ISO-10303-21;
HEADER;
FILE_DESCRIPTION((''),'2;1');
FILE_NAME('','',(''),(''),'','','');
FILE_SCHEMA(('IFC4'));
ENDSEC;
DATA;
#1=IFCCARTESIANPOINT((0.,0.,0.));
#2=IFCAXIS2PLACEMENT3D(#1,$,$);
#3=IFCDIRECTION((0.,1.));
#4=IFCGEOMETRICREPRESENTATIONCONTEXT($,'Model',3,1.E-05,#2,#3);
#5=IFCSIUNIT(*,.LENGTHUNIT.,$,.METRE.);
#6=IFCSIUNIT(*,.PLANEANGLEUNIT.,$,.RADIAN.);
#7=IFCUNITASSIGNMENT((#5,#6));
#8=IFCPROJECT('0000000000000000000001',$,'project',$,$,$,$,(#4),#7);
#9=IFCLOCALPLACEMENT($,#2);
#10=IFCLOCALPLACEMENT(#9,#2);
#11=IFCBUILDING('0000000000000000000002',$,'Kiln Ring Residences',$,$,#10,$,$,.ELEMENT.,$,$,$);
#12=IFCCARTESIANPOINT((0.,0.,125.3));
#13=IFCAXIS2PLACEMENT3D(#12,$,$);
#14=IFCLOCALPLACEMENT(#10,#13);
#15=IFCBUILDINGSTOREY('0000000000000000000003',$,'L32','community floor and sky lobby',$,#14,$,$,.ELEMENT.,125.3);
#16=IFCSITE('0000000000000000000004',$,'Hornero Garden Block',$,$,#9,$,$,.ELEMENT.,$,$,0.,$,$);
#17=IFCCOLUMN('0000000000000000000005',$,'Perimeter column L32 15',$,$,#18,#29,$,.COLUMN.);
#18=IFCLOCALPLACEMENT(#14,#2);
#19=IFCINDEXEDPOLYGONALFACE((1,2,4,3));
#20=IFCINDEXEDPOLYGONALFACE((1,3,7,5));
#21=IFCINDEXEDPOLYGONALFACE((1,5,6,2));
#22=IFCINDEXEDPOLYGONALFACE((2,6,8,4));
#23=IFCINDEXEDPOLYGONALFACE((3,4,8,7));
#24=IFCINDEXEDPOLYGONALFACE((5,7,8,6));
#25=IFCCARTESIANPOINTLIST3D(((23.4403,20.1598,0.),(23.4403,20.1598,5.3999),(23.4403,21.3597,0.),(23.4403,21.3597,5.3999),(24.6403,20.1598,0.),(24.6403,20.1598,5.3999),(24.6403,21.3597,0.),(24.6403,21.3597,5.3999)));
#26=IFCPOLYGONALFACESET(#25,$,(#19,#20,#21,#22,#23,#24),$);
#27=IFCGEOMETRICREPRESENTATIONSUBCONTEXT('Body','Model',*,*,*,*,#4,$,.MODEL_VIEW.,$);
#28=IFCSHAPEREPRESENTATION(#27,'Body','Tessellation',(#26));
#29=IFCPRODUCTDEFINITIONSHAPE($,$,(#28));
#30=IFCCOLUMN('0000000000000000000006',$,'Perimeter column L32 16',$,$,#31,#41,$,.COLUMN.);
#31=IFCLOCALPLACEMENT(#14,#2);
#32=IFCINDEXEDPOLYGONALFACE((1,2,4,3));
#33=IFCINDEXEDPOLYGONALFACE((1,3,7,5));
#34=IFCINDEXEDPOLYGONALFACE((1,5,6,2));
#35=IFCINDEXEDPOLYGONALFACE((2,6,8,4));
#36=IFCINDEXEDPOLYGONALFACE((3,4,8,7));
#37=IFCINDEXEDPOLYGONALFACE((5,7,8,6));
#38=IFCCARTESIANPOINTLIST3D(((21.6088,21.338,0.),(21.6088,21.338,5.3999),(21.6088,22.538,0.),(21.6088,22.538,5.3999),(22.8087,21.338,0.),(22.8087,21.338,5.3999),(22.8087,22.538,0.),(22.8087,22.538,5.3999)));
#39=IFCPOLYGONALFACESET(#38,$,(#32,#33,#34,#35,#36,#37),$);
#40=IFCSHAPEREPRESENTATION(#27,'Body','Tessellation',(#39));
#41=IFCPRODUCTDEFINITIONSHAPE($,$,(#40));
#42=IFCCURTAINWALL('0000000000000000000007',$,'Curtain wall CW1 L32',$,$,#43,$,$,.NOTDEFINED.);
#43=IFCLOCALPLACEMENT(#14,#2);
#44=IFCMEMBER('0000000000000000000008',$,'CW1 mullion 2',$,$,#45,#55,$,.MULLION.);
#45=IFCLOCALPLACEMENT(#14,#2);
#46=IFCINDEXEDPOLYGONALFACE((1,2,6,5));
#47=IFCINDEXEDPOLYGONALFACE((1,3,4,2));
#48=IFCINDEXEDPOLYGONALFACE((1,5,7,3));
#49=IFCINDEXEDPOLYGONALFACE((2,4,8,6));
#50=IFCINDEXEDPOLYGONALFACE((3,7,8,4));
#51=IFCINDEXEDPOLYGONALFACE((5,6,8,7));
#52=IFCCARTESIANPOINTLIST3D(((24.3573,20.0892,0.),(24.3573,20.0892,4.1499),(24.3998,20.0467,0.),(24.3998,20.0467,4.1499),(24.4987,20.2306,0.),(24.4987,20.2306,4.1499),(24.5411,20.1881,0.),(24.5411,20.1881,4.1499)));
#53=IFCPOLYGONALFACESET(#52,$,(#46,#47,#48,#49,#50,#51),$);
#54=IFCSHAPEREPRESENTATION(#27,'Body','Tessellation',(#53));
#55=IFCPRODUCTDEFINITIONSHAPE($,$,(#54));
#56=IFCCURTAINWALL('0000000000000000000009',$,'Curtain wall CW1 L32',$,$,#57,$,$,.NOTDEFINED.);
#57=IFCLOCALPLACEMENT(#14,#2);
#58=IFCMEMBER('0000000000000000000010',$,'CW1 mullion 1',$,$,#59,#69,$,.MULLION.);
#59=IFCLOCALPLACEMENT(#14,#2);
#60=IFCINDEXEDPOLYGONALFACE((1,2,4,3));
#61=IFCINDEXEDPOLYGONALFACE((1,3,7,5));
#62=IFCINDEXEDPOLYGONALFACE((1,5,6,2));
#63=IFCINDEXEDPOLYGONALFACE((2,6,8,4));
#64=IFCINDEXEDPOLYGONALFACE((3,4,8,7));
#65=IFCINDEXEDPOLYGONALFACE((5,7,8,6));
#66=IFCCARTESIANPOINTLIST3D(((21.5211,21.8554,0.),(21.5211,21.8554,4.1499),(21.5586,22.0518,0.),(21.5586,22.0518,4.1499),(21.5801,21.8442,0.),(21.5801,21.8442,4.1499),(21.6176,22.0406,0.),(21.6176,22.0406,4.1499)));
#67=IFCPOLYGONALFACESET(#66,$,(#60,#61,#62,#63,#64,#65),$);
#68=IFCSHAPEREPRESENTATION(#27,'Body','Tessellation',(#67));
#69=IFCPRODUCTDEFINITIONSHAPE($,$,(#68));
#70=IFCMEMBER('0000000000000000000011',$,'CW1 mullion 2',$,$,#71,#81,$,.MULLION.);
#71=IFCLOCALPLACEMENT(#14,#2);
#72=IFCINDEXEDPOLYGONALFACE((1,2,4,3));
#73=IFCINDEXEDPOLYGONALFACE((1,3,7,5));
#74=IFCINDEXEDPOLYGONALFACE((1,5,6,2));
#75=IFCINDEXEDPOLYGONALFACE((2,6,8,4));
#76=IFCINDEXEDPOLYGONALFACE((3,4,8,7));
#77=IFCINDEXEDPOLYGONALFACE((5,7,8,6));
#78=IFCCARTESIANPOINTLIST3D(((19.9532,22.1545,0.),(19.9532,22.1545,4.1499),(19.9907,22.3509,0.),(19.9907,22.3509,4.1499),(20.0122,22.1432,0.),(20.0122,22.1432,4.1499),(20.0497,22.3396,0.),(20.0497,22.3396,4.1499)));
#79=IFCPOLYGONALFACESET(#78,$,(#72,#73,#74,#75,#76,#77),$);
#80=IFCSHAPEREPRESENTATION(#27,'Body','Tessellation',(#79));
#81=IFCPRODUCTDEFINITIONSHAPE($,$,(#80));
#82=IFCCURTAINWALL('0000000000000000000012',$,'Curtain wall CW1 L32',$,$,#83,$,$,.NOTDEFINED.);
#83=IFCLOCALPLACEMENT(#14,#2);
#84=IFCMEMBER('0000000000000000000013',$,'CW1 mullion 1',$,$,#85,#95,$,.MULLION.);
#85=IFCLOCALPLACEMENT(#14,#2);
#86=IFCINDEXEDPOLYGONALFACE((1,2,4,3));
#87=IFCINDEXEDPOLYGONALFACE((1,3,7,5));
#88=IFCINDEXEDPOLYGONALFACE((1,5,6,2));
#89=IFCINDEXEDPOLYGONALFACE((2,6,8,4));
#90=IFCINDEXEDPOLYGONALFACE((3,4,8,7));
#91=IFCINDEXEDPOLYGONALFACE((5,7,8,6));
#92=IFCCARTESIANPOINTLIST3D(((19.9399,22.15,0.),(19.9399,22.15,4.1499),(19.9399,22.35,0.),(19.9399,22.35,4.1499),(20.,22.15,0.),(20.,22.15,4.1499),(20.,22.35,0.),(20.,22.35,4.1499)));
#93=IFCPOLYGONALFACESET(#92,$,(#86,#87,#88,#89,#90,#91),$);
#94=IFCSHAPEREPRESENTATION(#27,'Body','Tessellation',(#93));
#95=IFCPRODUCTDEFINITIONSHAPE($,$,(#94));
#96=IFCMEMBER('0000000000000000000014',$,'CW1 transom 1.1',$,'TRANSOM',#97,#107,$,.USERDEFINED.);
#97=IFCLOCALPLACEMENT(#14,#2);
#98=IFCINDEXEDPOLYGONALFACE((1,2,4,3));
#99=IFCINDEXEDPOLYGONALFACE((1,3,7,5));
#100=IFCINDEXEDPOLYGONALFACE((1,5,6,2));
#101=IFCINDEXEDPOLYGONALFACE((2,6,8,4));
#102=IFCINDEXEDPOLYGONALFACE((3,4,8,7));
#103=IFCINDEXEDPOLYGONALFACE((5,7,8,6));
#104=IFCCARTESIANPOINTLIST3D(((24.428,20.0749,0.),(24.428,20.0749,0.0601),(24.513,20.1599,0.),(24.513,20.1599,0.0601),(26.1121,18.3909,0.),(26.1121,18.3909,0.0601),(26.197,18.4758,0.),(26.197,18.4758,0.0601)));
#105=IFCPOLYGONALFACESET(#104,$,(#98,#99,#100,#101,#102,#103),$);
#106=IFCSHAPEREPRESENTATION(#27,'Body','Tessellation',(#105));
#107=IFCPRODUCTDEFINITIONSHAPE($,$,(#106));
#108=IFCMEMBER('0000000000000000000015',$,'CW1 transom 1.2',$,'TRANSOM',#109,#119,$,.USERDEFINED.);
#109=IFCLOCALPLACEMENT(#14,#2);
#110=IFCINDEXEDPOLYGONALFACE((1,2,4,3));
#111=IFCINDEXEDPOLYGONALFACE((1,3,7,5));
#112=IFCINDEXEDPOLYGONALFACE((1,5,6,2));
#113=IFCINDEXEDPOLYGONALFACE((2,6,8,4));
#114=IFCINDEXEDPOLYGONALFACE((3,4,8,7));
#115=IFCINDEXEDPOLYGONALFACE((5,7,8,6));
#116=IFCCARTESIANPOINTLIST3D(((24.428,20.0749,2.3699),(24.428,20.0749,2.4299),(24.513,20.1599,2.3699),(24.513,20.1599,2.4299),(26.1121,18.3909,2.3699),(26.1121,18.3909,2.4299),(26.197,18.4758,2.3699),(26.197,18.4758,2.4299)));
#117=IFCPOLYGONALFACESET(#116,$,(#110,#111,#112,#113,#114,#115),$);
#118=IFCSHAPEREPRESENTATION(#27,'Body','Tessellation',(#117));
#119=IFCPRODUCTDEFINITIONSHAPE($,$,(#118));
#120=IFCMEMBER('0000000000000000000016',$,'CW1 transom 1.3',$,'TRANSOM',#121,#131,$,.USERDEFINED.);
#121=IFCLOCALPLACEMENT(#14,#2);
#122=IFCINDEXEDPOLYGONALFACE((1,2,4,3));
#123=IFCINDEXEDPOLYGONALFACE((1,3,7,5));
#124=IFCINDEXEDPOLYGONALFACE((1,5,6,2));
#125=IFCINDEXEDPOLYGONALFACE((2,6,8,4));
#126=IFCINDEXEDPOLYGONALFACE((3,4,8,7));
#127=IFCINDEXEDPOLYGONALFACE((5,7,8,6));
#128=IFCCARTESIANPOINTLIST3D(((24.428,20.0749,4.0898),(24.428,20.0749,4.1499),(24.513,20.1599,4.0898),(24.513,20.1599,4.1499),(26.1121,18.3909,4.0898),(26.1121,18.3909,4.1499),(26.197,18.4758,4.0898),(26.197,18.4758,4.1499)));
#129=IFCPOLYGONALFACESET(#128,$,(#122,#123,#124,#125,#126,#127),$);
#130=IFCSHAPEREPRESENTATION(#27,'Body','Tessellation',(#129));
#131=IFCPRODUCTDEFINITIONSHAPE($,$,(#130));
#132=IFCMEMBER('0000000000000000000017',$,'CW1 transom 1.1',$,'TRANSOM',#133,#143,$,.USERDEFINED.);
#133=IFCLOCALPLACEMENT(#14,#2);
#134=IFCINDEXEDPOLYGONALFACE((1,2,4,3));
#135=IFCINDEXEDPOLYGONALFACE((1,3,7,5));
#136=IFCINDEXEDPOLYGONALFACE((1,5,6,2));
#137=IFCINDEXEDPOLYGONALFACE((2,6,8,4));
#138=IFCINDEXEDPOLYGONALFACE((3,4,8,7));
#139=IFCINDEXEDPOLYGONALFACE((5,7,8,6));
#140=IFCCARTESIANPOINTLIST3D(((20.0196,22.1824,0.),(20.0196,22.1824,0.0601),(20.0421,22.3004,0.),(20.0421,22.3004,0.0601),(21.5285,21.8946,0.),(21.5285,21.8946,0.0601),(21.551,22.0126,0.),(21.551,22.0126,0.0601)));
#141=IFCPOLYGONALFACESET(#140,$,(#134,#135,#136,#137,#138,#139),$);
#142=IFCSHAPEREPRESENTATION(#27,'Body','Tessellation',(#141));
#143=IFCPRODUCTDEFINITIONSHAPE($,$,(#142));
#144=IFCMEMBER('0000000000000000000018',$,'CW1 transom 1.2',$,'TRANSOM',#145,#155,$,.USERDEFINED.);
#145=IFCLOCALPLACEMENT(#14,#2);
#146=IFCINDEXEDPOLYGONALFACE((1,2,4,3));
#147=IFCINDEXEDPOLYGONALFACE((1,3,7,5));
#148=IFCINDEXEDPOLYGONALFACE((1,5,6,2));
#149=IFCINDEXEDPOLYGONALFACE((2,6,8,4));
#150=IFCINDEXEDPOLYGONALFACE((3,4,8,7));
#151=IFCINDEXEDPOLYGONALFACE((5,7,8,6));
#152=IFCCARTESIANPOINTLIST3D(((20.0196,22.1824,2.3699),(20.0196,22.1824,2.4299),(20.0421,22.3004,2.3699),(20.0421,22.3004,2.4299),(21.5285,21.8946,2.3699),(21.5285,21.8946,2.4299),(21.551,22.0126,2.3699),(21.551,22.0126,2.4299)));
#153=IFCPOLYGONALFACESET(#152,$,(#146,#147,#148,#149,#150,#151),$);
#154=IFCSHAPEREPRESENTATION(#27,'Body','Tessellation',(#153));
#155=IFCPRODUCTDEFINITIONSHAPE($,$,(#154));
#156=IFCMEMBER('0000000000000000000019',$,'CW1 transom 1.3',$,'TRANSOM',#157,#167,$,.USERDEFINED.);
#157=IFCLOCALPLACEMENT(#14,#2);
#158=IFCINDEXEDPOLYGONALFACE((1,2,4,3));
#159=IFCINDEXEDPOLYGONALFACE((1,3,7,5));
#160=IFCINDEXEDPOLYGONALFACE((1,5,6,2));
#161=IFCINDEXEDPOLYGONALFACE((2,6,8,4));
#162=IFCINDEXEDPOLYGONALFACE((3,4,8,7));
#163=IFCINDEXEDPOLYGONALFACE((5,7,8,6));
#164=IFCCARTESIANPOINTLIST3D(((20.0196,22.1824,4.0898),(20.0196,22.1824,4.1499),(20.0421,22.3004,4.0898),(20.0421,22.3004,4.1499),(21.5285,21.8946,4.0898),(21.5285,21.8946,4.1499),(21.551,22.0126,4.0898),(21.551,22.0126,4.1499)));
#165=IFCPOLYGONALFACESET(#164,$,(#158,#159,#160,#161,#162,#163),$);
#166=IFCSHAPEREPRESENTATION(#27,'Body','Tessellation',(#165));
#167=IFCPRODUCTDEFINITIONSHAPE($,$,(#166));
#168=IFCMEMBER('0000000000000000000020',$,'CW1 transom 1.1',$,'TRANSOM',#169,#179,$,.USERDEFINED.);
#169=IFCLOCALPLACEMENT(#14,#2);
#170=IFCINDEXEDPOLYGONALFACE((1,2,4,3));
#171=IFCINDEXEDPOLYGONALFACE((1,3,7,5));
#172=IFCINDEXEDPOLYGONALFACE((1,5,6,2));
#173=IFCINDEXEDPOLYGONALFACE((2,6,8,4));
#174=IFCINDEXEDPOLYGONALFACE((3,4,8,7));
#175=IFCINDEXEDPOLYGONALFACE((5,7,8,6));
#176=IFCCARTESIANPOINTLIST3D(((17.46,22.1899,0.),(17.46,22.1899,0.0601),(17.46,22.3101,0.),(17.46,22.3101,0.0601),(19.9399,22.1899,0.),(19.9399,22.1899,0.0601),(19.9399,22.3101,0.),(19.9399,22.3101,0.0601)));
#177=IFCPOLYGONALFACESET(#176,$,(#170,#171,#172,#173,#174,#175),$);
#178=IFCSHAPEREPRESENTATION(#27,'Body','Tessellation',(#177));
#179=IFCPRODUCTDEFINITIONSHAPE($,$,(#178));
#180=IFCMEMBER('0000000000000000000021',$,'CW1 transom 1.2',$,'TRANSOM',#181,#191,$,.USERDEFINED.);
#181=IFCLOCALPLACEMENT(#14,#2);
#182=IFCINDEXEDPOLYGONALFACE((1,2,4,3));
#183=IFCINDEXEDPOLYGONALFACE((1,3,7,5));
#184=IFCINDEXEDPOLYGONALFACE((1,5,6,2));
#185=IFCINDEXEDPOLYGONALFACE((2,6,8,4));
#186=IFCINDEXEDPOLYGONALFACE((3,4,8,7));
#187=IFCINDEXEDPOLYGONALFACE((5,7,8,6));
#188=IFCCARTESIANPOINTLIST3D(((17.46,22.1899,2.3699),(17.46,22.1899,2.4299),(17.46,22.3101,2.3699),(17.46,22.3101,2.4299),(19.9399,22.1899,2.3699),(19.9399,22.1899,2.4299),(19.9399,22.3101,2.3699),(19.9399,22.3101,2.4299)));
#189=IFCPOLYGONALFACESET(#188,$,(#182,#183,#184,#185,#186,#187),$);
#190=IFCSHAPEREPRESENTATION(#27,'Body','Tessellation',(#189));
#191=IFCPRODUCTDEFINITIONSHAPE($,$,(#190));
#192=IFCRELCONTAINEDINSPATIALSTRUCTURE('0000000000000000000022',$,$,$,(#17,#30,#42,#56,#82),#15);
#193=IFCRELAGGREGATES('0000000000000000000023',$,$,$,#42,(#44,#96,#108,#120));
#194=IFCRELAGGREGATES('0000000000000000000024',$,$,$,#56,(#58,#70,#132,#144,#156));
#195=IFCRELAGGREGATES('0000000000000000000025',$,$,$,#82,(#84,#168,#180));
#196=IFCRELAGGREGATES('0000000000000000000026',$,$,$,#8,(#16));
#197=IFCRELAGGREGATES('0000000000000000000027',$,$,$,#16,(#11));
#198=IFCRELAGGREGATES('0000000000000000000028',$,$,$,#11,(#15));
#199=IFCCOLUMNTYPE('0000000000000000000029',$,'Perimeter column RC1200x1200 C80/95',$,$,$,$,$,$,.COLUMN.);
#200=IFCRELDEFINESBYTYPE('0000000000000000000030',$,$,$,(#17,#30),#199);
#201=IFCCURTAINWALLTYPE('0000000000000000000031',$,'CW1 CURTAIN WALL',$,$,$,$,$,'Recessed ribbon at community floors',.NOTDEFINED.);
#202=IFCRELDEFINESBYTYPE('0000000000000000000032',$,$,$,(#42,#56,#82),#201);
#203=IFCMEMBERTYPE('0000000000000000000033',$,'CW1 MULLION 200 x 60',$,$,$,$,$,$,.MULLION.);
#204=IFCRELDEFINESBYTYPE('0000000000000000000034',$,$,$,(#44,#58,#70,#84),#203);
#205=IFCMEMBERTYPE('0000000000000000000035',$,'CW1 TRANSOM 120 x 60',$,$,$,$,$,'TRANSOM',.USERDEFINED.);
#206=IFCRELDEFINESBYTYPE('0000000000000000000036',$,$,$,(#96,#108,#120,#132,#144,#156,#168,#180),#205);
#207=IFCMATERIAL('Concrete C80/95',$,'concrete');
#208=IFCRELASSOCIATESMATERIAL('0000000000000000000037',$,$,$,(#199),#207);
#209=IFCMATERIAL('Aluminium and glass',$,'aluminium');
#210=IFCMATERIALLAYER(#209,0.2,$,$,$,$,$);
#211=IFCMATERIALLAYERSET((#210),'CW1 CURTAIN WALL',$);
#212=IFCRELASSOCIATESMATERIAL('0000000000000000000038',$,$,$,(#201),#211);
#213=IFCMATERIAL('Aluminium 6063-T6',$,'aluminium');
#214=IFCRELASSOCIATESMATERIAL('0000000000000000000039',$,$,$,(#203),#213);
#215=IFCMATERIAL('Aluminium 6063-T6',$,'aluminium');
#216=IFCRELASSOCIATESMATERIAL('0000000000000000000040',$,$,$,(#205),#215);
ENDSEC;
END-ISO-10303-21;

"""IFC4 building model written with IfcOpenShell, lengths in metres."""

from ifc_helpers import new_model, si_unit, direction, frame, origin, origin_2d, place, context, subcontext, project, spatial, rectangle, extrude, material, layer, layer_set, material_profile, profile_set, type_object, element, aggregate, save


model = new_model("IFC4")

# Units and contexts
model_context = context("Model", 3, precision=1e-05, world=origin(), true_north=direction((0.0, 1.0)))
body_context = subcontext(model_context, "Body", "Model", "MODEL_VIEW")
ifc_project = project(units=[si_unit("LENGTHUNIT", "METRE"), si_unit("PLANEANGLEUNIT", "RADIAN")], contexts=[model_context])

# Site, building, storey
site_placement = place(None, origin())
site = spatial("IfcSite", under=ifc_project, at=site_placement, Name="Hornero Garden Block", CompositionType="ELEMENT", RefElevation=0.0)
building_placement = place(site_placement, origin())
building = spatial("IfcBuilding", under=site, at=building_placement, Name="Kiln Ring Residences", CompositionType="ELEMENT")
storey_placement = place(building_placement, frame((0.0, 0.0, 125.3)))
storey = spatial("IfcBuildingStorey", under=building, at=storey_placement, Name="L32", Description="community floor and sky lobby", CompositionType="ELEMENT", Elevation=125.3)

# Columns
ifc_material_1 = material(Name="Concrete C80/95", Category="concrete")
ifc_material_profile_1 = material_profile(ifc_material_1, rectangle(XDim=1.2, YDim=1.2, at=origin_2d()), Name="RC1200x1200")
ifc_profile_set_1 = profile_set([ifc_material_profile_1], Name="Concrete C80/95")
column_type = type_object("IfcColumnType", Name="Perimeter column RC1200x1200 C80/95", PredefinedType="COLUMN", material=ifc_profile_set_1)
for number, where, z_axis, x_axis, name in (
    (1, (24.0403, 20.7598, 0.0), (0.0, 0.0, 1.0), (1.0, 0.0, 0.0), "Perimeter column L32 15"),
    (2, (22.2087, 21.938, 0.0), (0.0, 0.0, 1.0), (1.0, 0.0, 0.0), "Perimeter column L32 16"),
):
    element("IfcColumn", number, at=place(storey_placement, frame(where, z_axis=z_axis, x_axis=x_axis)), inside=storey, type_object=column_type, Name=name, PredefinedType="COLUMN", context=body_context, shape_type="SweptSolid", body=[
        extrude(rectangle(XDim=1.2, YDim=1.2, at=origin_2d()), origin(), (0.0, 0.0, 1.0), 5.3999),
    ])

# Curtain wall, member
ifc_material_2 = material(Name="Aluminium and glass", Category="aluminium")
ifc_layer_1 = layer(ifc_material_2, 0.2)
ifc_layer_set_1 = layer_set([ifc_layer_1], Name="CW1 CURTAIN WALL")
curtain_wall_type = type_object("IfcCurtainWallType", Name="CW1 CURTAIN WALL", ElementType="Recessed ribbon at community floors", PredefinedType="NOTDEFINED", material=ifc_layer_set_1)
placement = place(storey_placement, origin())
curtain_wall_1 = element("IfcCurtainWall", 3, at=placement, inside=storey, type_object=curtain_wall_type, Name="Curtain wall CW1 L32", PredefinedType="NOTDEFINED")
ifc_material_3 = material(Name="Aluminium 6063-T6", Category="aluminium")
ifc_material_profile_2 = material_profile(ifc_material_3, rectangle(XDim=0.2, YDim=0.0601, at=origin_2d()), Name="AL 200x60")
ifc_profile_set_2 = profile_set([ifc_material_profile_2], Name="Aluminium 6063-T6")
member_type_1 = type_object("IfcMemberType", Name="CW1 MULLION 200 x 60", PredefinedType="MULLION", material=ifc_profile_set_2)
member_1_placement = place(storey_placement, frame((24.4492, 20.1387, 0.0), z_axis=(0.0, 0.0, 1.0), x_axis=(-0.707107, -0.707107, 0.0)))
member_1 = element("IfcMember", 4, at=member_1_placement, type_object=member_type_1, Name="CW1 mullion 2", PredefinedType="MULLION", context=body_context, shape_type="SweptSolid", body=[
    extrude(rectangle(XDim=0.2, YDim=0.0601, at=origin_2d()), origin(), (0.0, 0.0, 1.0), 4.1499),
])

# Curtain wall, members
curtain_wall_2 = element("IfcCurtainWall", 5, at=placement, inside=storey, type_object=curtain_wall_type, Name="Curtain wall CW1 L32", PredefinedType="NOTDEFINED")
member_2_placement = place(storey_placement, frame((21.5693, 21.948, 0.0), z_axis=(0.0, 0.0, 1.0), x_axis=(-0.187366, -0.98229, 0.0)))
member_2 = element("IfcMember", 6, at=member_2_placement, type_object=member_type_1, Name="CW1 mullion 1", PredefinedType="MULLION", context=body_context, shape_type="SweptSolid", body=[
    extrude(rectangle(XDim=0.2, YDim=0.0601, at=origin_2d()), origin(), (0.0, 0.0, 1.0), 4.1499),
])
member_3_placement = place(storey_placement, frame((20.0015, 22.2471, 0.0), z_axis=(0.0, 0.0, 1.0), x_axis=(-0.187366, -0.98229, 0.0)))
member_3 = element("IfcMember", 7, at=member_3_placement, type_object=member_type_1, Name="CW1 mullion 2", PredefinedType="MULLION", context=body_context, shape_type="SweptSolid", body=[
    extrude(rectangle(XDim=0.2, YDim=0.0601, at=origin_2d()), origin(), (0.0, 0.0, 1.0), 4.1499),
])

# Curtain wall, member
curtain_wall_3 = element("IfcCurtainWall", 8, at=placement, inside=storey, type_object=curtain_wall_type, Name="Curtain wall CW1 L32", PredefinedType="NOTDEFINED")
member_4_placement = place(storey_placement, frame((19.97, 22.25, 0.0), z_axis=(0.0, 0.0, 1.0), x_axis=(0.0, -1.0, 0.0)))
member_4 = element("IfcMember", 9, at=member_4_placement, type_object=member_type_1, Name="CW1 mullion 1", PredefinedType="MULLION", context=body_context, shape_type="SweptSolid", body=[
    extrude(rectangle(XDim=0.2, YDim=0.0601, at=origin_2d()), origin(), (0.0, 0.0, 1.0), 4.1499),
])

# Members
ifc_material_4 = material(Name="Aluminium 6063-T6", Category="aluminium")
ifc_material_profile_3 = material_profile(ifc_material_4, rectangle(XDim=0.1201, YDim=0.0601, at=origin_2d()), Name="AL 120x60")
ifc_profile_set_3 = profile_set([ifc_material_profile_3], Name="Aluminium 6063-T6")
member_type_2 = type_object("IfcMemberType", Name="CW1 TRANSOM 120 x 60", ElementType="TRANSOM", PredefinedType="USERDEFINED", material=ifc_profile_set_3)
member_5_placement = place(storey_placement, frame((26.1545, 18.4333, 0.03), z_axis=(-0.707107, 0.707107, 0.0), x_axis=(-0.707107, -0.707107, 0.0)))
member_5 = element("IfcMember", 10, at=member_5_placement, type_object=member_type_2, Name="CW1 transom 1.1", ObjectType="TRANSOM", PredefinedType="USERDEFINED", context=body_context, shape_type="SweptSolid", body=[
    extrude(rectangle(XDim=0.1201, YDim=0.0601, at=origin_2d()), origin(), (0.0, 0.0, 1.0), 2.3816),
])
member_6_placement = place(storey_placement, frame((26.1545, 18.4333, 2.3999), z_axis=(-0.707107, 0.707107, 0.0), x_axis=(-0.707107, -0.707107, 0.0)))
member_6 = element("IfcMember", 11, at=member_6_placement, type_object=member_type_2, Name="CW1 transom 1.2", ObjectType="TRANSOM", PredefinedType="USERDEFINED", context=body_context, shape_type="SweptSolid", body=[
    extrude(rectangle(XDim=0.1201, YDim=0.0601, at=origin_2d()), origin(), (0.0, 0.0, 1.0), 2.3816),
])
member_7_placement = place(storey_placement, frame((26.1545, 18.4333, 4.1199), z_axis=(-0.707107, 0.707107, 0.0), x_axis=(-0.707107, -0.707107, 0.0)))
member_7 = element("IfcMember", 12, at=member_7_placement, type_object=member_type_2, Name="CW1 transom 1.3", ObjectType="TRANSOM", PredefinedType="USERDEFINED", context=body_context, shape_type="SweptSolid", body=[
    extrude(rectangle(XDim=0.1201, YDim=0.0601, at=origin_2d()), origin(), (0.0, 0.0, 1.0), 2.3816),
])
member_8_placement = place(storey_placement, frame((21.5398, 21.9536, 0.03), z_axis=(-0.98229, 0.187368, 0.0), x_axis=(-0.187368, -0.98229, 0.0)))
member_8 = element("IfcMember", 13, at=member_8_placement, type_object=member_type_2, Name="CW1 transom 1.1", ObjectType="TRANSOM", PredefinedType="USERDEFINED", context=body_context, shape_type="SweptSolid", body=[
    extrude(rectangle(XDim=0.1201, YDim=0.0601, at=origin_2d()), origin(), (0.0, 0.0, 1.0), 1.5361),
])
member_9_placement = place(storey_placement, frame((21.5398, 21.9536, 2.3999), z_axis=(-0.98229, 0.187368, 0.0), x_axis=(-0.187368, -0.98229, 0.0)))
member_9 = element("IfcMember", 14, at=member_9_placement, type_object=member_type_2, Name="CW1 transom 1.2", ObjectType="TRANSOM", PredefinedType="USERDEFINED", context=body_context, shape_type="SweptSolid", body=[
    extrude(rectangle(XDim=0.1201, YDim=0.0601, at=origin_2d()), origin(), (0.0, 0.0, 1.0), 1.5361),
])
member_10_placement = place(storey_placement, frame((21.5398, 21.9536, 4.1199), z_axis=(-0.98229, 0.187368, 0.0), x_axis=(-0.187368, -0.98229, 0.0)))
member_10 = element("IfcMember", 15, at=member_10_placement, type_object=member_type_2, Name="CW1 transom 1.3", ObjectType="TRANSOM", PredefinedType="USERDEFINED", context=body_context, shape_type="SweptSolid", body=[
    extrude(rectangle(XDim=0.1201, YDim=0.0601, at=origin_2d()), origin(), (0.0, 0.0, 1.0), 1.5361),
])
member_11_placement = place(storey_placement, frame((19.9399, 22.25, 0.03), z_axis=(-1.0, 0.0, 0.0), x_axis=(0.0, -1.0, 0.0)))
member_11 = element("IfcMember", 16, at=member_11_placement, type_object=member_type_2, Name="CW1 transom 1.1", ObjectType="TRANSOM", PredefinedType="USERDEFINED", context=body_context, shape_type="SweptSolid", body=[
    extrude(rectangle(XDim=0.1201, YDim=0.0601, at=origin_2d()), origin(), (0.0, 0.0, 1.0), 2.48),
])
member_12_placement = place(storey_placement, frame((19.9399, 22.25, 2.3999), z_axis=(-1.0, 0.0, 0.0), x_axis=(0.0, -1.0, 0.0)))
member_12 = element("IfcMember", 17, at=member_12_placement, type_object=member_type_2, Name="CW1 transom 1.2", ObjectType="TRANSOM", PredefinedType="USERDEFINED", context=body_context, shape_type="SweptSolid", body=[
    extrude(rectangle(XDim=0.1201, YDim=0.0601, at=origin_2d()), origin(), (0.0, 0.0, 1.0), 2.48),
])

aggregate(curtain_wall_1, [member_1, member_5, member_6, member_7])
aggregate(curtain_wall_2, [member_2, member_3, member_8, member_9, member_10])
aggregate(curtain_wall_3, [member_4, member_11, member_12])

save(model, "model.ifc")
